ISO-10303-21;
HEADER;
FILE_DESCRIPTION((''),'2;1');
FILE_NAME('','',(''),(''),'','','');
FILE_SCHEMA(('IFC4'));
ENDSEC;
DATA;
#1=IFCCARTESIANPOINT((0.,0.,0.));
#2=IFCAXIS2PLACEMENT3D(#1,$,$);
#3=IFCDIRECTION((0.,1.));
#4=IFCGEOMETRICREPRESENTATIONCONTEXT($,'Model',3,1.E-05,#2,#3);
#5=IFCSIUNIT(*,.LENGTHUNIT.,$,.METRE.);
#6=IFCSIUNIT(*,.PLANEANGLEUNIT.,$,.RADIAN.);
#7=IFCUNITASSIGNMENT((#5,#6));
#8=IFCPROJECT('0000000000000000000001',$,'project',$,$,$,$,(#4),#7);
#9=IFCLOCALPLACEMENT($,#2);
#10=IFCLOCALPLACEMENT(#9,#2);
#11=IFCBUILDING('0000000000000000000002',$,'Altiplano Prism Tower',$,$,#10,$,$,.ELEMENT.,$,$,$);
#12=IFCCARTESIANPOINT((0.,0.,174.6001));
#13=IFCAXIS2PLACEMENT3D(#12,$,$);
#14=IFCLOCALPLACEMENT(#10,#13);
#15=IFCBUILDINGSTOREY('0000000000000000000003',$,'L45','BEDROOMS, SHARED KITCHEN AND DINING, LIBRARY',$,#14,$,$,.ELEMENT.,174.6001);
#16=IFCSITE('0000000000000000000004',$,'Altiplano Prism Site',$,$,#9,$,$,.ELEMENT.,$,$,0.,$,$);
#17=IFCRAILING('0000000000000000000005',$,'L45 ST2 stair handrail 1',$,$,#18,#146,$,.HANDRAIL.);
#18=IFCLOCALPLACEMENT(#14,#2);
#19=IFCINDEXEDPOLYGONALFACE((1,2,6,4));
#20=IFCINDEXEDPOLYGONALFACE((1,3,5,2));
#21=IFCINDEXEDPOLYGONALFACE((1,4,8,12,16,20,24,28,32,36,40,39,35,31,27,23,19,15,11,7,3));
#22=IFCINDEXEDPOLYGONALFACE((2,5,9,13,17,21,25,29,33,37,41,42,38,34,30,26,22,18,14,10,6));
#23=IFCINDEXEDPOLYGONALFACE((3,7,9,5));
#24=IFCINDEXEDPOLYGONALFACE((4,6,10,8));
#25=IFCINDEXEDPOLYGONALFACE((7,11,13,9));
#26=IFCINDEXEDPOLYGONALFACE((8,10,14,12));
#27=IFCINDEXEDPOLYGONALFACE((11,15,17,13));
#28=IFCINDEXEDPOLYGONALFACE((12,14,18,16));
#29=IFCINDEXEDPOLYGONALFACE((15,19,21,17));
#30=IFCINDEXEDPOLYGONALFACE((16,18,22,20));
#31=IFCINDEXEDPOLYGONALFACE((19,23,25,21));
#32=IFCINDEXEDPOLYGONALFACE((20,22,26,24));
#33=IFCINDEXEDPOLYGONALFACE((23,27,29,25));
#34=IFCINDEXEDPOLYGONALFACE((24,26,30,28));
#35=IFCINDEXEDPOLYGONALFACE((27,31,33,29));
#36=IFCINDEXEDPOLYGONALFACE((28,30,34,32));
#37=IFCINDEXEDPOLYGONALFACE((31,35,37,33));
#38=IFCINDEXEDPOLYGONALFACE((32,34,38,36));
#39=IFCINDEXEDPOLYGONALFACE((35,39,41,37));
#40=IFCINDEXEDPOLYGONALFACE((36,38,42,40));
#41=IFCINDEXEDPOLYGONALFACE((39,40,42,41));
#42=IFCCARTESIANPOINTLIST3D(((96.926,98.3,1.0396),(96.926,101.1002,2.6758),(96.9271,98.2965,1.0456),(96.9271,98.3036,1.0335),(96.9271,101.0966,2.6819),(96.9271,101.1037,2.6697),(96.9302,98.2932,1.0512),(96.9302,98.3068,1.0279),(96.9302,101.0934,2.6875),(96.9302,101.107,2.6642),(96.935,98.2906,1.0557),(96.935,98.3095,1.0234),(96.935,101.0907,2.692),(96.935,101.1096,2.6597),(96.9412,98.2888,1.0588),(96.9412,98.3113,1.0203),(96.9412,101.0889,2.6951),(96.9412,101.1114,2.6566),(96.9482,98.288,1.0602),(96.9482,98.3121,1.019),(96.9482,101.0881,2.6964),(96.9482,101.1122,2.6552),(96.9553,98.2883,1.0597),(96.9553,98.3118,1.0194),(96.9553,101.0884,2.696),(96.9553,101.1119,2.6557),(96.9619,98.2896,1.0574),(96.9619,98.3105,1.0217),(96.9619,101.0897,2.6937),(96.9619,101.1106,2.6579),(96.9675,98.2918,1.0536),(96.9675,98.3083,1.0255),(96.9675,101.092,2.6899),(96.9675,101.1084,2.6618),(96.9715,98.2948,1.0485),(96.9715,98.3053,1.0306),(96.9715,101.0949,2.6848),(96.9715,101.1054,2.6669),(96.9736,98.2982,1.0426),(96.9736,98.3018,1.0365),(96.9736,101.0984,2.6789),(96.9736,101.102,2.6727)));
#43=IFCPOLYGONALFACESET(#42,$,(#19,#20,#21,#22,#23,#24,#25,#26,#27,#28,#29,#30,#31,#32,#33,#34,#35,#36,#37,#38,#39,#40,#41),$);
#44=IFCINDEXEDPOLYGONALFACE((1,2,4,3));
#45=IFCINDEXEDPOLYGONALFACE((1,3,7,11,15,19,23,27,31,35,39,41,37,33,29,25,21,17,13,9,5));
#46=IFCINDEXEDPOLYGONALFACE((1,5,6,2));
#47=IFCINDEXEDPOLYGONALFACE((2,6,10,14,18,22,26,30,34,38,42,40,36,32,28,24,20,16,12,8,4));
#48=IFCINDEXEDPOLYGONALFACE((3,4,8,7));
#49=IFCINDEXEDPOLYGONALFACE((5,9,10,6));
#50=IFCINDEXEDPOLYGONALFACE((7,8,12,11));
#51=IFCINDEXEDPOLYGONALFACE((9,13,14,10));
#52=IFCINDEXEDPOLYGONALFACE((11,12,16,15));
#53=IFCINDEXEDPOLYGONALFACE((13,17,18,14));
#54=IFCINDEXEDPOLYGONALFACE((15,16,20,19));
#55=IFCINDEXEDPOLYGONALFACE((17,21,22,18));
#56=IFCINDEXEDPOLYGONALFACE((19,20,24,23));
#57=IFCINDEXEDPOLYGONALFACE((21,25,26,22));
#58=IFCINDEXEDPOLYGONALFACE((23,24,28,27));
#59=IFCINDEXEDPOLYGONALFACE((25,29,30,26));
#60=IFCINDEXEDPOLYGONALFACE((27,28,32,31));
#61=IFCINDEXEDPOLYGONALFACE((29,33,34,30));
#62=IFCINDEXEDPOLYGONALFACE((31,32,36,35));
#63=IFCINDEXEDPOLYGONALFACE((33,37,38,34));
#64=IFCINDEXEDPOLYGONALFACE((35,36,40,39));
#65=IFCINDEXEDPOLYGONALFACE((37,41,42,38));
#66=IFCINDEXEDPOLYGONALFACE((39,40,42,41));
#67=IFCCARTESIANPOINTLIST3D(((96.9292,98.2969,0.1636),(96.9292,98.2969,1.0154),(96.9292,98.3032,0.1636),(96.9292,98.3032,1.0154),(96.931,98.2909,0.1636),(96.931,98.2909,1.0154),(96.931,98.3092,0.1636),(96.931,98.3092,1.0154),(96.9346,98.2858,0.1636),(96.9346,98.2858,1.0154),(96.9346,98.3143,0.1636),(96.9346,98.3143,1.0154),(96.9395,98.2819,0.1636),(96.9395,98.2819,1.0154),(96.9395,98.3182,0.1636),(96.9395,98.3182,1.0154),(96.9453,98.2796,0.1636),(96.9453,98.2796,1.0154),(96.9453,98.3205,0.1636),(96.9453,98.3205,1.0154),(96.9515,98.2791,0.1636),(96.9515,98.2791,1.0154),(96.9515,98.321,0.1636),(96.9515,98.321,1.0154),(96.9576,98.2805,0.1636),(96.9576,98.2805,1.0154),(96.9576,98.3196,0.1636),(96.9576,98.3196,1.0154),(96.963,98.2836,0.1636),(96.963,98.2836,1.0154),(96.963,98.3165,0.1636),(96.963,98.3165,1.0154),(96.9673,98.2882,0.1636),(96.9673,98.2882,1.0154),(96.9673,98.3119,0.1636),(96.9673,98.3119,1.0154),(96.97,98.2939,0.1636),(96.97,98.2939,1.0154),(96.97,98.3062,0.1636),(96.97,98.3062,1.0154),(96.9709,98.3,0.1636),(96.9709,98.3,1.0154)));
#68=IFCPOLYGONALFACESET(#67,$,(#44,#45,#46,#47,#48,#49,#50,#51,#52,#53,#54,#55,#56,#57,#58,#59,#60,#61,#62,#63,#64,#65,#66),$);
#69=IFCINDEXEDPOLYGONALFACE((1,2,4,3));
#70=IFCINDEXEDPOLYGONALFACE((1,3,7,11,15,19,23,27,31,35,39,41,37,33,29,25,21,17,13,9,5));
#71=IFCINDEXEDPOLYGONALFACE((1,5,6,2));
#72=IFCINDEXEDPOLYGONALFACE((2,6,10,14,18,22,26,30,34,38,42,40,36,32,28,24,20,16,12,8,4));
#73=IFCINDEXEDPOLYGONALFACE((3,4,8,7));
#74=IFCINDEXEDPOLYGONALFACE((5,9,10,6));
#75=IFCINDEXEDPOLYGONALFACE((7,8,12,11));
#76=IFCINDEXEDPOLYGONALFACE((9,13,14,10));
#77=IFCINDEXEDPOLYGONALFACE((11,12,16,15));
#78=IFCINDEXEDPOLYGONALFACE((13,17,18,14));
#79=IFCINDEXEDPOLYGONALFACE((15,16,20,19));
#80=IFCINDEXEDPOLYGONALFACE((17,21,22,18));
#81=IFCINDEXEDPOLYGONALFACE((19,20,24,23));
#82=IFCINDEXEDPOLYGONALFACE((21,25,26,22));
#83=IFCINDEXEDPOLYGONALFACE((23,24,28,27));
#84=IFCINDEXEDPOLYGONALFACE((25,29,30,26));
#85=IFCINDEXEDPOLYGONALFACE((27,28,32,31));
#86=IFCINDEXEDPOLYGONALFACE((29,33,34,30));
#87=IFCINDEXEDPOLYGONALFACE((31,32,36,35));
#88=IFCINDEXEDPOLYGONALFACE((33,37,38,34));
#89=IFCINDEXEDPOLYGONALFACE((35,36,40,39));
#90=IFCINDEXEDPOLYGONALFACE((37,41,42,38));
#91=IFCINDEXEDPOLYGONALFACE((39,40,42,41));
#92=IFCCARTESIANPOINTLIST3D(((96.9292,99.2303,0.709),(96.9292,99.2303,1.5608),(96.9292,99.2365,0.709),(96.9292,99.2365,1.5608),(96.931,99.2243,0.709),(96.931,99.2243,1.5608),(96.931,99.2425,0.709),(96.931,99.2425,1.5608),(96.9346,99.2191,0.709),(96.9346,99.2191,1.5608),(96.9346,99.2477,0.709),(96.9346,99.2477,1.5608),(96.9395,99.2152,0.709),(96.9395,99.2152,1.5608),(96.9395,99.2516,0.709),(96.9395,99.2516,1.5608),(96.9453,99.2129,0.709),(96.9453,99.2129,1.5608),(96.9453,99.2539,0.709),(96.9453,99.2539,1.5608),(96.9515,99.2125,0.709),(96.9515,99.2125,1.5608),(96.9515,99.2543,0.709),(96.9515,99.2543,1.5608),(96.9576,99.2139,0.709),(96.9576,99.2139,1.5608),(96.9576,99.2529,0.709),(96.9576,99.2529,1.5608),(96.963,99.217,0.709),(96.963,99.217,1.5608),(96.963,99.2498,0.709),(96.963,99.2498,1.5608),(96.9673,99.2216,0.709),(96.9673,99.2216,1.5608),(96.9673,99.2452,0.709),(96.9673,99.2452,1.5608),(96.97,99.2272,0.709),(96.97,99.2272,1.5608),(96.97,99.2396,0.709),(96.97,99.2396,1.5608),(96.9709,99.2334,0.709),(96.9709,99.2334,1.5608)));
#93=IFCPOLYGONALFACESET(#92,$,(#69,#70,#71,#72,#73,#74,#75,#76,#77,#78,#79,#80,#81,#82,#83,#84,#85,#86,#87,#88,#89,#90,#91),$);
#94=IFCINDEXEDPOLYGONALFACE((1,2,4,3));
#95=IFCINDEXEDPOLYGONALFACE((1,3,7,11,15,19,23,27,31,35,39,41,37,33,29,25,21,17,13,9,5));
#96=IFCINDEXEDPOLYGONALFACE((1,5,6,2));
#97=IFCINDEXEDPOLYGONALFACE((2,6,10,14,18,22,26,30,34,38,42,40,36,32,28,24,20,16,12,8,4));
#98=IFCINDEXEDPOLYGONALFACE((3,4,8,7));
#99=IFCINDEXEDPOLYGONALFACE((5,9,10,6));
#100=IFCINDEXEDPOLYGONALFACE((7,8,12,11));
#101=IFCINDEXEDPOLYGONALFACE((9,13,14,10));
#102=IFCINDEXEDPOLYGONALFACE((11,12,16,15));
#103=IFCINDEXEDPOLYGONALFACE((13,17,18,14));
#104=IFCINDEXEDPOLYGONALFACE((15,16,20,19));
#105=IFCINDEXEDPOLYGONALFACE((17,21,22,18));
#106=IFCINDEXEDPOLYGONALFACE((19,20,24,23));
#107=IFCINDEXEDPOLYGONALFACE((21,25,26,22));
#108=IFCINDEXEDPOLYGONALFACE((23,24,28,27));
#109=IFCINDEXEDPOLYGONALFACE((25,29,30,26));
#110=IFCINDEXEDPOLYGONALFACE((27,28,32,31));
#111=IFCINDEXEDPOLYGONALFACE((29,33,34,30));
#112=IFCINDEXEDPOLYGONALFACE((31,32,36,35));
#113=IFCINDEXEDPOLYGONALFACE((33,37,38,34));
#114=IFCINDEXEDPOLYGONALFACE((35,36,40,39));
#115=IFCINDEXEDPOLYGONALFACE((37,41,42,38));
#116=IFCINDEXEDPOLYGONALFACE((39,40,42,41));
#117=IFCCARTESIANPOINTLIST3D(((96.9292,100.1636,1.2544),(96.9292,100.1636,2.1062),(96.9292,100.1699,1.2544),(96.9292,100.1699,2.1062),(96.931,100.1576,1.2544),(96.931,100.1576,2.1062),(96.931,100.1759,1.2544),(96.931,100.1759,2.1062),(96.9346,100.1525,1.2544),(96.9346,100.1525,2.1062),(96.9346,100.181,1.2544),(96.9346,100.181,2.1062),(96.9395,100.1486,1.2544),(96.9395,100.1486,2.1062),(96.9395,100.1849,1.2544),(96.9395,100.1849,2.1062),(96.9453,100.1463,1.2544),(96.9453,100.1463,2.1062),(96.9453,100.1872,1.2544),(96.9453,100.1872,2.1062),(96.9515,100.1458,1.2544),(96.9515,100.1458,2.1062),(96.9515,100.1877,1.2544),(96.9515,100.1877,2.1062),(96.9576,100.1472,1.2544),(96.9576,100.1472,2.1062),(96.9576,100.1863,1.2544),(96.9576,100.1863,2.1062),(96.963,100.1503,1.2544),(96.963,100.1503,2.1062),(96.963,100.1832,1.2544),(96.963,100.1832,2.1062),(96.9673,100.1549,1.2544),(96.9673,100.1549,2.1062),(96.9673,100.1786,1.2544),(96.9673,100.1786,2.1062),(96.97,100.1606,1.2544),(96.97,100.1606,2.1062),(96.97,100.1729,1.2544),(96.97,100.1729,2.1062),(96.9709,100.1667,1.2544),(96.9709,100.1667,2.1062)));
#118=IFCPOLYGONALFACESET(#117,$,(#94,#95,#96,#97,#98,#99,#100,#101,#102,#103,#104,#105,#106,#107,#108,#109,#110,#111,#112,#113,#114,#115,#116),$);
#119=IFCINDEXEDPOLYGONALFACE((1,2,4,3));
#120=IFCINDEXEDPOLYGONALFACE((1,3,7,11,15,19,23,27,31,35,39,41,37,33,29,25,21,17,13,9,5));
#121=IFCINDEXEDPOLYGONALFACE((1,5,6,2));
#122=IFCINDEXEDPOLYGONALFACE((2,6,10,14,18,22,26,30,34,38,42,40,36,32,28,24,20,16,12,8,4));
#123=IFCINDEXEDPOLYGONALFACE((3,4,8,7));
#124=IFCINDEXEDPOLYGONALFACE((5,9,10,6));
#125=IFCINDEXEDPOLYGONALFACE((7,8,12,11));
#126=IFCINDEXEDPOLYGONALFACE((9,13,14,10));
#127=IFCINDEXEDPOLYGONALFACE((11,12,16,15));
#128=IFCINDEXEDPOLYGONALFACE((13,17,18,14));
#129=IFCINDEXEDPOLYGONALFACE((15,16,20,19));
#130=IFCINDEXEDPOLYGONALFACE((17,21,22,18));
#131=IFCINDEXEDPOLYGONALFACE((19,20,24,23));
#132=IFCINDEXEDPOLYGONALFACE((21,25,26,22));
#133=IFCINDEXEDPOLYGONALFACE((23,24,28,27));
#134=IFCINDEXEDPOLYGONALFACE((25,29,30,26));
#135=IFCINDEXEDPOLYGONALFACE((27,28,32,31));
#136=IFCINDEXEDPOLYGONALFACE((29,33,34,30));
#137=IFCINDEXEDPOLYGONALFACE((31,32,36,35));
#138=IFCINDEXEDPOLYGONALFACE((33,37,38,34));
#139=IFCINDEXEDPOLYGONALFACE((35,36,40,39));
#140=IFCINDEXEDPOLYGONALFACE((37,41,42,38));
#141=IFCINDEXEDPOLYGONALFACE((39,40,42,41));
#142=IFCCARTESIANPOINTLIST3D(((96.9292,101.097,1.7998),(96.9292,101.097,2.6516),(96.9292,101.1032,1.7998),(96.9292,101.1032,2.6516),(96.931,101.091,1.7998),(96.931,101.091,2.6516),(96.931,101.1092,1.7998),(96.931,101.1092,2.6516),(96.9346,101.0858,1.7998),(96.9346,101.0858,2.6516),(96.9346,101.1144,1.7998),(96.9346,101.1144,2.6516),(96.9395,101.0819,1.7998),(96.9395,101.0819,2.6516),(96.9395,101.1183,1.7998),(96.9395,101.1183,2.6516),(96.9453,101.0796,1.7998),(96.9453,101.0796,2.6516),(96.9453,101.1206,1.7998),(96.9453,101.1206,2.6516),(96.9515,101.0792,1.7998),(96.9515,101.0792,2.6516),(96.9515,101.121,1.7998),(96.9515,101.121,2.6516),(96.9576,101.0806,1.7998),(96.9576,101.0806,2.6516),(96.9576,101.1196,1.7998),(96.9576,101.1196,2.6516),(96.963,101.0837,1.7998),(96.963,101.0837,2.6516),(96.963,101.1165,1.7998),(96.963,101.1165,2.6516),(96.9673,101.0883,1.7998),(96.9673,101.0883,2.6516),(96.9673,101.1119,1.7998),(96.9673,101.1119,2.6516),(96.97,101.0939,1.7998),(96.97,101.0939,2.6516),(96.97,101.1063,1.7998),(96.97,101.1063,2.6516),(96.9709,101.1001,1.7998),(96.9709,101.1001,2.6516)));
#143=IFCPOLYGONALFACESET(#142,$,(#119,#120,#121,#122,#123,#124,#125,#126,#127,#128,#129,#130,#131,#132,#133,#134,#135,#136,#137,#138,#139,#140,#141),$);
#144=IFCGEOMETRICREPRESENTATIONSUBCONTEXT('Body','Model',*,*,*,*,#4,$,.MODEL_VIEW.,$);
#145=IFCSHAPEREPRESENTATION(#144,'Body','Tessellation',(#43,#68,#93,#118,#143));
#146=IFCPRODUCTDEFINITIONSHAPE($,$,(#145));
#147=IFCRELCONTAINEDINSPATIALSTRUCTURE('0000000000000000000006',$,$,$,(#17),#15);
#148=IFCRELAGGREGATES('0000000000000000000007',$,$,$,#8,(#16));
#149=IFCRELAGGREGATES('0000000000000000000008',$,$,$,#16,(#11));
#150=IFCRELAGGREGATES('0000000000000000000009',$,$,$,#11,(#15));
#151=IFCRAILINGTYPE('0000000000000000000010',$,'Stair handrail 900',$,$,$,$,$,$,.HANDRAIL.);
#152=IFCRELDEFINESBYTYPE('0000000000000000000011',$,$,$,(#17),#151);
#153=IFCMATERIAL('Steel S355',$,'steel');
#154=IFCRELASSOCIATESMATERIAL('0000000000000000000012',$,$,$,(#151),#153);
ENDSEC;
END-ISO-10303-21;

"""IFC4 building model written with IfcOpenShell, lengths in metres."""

from ifc_helpers import new_model, si_unit, direction, frame, origin, origin_2d, place, context, subcontext, project, spatial, circle, extrude, material, type_object, element, save


model = new_model("IFC4")

# Units and contexts
model_context = context("Model", 3, precision=1e-05, world=origin(), true_north=direction((0.0, 1.0)))
body_context = subcontext(model_context, "Body", "Model", "MODEL_VIEW")
ifc_project = project(units=[si_unit("LENGTHUNIT", "METRE"), si_unit("PLANEANGLEUNIT", "RADIAN")], contexts=[model_context])

# Site, building, storey
site_placement = place(None, origin())
site = spatial("IfcSite", under=ifc_project, at=site_placement, Name="Altiplano Prism Site", CompositionType="ELEMENT", RefElevation=0.0)
building_placement = place(site_placement, origin())
building = spatial("IfcBuilding", under=site, at=building_placement, Name="Altiplano Prism Tower", CompositionType="ELEMENT")
storey_placement = place(building_placement, frame((0.0, 0.0, 174.6001)))
storey = spatial("IfcBuildingStorey", under=building, at=storey_placement, Name="L45", Description="BEDROOMS, SHARED KITCHEN AND DINING, LIBRARY", CompositionType="ELEMENT", Elevation=174.6001)

# Railing
ifc_material_1 = material(Name="Steel S355", Category="steel")
railing_type_1 = type_object("IfcRailingType", Name="Stair handrail 900", PredefinedType="HANDRAIL", material=ifc_material_1)
railing_1_placement = place(storey_placement, frame((96.95, 98.3, 0.1636)))
element("IfcRailing", 1, at=railing_1_placement, inside=storey, type_object=railing_type_1, Name="L45 ST2 stair handrail 1", PredefinedType="HANDRAIL", context=body_context, shape_type="SweptSolid", body=[
    extrude(circle(Radius=0.0239, at=origin_2d()), frame((0.0, 0.0, 0.876), z_axis=(0.0, 0.863394, 0.504531), x_axis=(-1.0, 0.0, 0.0)), (0.0, 0.0, 1.0), 3.2432),
    extrude(circle(Radius=0.021, at=origin_2d()), origin(), (0.0, 0.0, 1.0), 0.8518),
    extrude(circle(Radius=0.021, at=origin_2d()), frame((0.0, 0.9333, 0.5454)), (0.0, 0.0, 1.0), 0.8518),
    extrude(circle(Radius=0.021, at=origin_2d()), frame((0.0, 1.8667, 1.0908)), (0.0, 0.0, 1.0), 0.8518),
    extrude(circle(Radius=0.021, at=origin_2d()), frame((0.0, 2.8, 1.6362)), (0.0, 0.0, 1.0), 0.8518),
])

save(model, "model.ifc")
